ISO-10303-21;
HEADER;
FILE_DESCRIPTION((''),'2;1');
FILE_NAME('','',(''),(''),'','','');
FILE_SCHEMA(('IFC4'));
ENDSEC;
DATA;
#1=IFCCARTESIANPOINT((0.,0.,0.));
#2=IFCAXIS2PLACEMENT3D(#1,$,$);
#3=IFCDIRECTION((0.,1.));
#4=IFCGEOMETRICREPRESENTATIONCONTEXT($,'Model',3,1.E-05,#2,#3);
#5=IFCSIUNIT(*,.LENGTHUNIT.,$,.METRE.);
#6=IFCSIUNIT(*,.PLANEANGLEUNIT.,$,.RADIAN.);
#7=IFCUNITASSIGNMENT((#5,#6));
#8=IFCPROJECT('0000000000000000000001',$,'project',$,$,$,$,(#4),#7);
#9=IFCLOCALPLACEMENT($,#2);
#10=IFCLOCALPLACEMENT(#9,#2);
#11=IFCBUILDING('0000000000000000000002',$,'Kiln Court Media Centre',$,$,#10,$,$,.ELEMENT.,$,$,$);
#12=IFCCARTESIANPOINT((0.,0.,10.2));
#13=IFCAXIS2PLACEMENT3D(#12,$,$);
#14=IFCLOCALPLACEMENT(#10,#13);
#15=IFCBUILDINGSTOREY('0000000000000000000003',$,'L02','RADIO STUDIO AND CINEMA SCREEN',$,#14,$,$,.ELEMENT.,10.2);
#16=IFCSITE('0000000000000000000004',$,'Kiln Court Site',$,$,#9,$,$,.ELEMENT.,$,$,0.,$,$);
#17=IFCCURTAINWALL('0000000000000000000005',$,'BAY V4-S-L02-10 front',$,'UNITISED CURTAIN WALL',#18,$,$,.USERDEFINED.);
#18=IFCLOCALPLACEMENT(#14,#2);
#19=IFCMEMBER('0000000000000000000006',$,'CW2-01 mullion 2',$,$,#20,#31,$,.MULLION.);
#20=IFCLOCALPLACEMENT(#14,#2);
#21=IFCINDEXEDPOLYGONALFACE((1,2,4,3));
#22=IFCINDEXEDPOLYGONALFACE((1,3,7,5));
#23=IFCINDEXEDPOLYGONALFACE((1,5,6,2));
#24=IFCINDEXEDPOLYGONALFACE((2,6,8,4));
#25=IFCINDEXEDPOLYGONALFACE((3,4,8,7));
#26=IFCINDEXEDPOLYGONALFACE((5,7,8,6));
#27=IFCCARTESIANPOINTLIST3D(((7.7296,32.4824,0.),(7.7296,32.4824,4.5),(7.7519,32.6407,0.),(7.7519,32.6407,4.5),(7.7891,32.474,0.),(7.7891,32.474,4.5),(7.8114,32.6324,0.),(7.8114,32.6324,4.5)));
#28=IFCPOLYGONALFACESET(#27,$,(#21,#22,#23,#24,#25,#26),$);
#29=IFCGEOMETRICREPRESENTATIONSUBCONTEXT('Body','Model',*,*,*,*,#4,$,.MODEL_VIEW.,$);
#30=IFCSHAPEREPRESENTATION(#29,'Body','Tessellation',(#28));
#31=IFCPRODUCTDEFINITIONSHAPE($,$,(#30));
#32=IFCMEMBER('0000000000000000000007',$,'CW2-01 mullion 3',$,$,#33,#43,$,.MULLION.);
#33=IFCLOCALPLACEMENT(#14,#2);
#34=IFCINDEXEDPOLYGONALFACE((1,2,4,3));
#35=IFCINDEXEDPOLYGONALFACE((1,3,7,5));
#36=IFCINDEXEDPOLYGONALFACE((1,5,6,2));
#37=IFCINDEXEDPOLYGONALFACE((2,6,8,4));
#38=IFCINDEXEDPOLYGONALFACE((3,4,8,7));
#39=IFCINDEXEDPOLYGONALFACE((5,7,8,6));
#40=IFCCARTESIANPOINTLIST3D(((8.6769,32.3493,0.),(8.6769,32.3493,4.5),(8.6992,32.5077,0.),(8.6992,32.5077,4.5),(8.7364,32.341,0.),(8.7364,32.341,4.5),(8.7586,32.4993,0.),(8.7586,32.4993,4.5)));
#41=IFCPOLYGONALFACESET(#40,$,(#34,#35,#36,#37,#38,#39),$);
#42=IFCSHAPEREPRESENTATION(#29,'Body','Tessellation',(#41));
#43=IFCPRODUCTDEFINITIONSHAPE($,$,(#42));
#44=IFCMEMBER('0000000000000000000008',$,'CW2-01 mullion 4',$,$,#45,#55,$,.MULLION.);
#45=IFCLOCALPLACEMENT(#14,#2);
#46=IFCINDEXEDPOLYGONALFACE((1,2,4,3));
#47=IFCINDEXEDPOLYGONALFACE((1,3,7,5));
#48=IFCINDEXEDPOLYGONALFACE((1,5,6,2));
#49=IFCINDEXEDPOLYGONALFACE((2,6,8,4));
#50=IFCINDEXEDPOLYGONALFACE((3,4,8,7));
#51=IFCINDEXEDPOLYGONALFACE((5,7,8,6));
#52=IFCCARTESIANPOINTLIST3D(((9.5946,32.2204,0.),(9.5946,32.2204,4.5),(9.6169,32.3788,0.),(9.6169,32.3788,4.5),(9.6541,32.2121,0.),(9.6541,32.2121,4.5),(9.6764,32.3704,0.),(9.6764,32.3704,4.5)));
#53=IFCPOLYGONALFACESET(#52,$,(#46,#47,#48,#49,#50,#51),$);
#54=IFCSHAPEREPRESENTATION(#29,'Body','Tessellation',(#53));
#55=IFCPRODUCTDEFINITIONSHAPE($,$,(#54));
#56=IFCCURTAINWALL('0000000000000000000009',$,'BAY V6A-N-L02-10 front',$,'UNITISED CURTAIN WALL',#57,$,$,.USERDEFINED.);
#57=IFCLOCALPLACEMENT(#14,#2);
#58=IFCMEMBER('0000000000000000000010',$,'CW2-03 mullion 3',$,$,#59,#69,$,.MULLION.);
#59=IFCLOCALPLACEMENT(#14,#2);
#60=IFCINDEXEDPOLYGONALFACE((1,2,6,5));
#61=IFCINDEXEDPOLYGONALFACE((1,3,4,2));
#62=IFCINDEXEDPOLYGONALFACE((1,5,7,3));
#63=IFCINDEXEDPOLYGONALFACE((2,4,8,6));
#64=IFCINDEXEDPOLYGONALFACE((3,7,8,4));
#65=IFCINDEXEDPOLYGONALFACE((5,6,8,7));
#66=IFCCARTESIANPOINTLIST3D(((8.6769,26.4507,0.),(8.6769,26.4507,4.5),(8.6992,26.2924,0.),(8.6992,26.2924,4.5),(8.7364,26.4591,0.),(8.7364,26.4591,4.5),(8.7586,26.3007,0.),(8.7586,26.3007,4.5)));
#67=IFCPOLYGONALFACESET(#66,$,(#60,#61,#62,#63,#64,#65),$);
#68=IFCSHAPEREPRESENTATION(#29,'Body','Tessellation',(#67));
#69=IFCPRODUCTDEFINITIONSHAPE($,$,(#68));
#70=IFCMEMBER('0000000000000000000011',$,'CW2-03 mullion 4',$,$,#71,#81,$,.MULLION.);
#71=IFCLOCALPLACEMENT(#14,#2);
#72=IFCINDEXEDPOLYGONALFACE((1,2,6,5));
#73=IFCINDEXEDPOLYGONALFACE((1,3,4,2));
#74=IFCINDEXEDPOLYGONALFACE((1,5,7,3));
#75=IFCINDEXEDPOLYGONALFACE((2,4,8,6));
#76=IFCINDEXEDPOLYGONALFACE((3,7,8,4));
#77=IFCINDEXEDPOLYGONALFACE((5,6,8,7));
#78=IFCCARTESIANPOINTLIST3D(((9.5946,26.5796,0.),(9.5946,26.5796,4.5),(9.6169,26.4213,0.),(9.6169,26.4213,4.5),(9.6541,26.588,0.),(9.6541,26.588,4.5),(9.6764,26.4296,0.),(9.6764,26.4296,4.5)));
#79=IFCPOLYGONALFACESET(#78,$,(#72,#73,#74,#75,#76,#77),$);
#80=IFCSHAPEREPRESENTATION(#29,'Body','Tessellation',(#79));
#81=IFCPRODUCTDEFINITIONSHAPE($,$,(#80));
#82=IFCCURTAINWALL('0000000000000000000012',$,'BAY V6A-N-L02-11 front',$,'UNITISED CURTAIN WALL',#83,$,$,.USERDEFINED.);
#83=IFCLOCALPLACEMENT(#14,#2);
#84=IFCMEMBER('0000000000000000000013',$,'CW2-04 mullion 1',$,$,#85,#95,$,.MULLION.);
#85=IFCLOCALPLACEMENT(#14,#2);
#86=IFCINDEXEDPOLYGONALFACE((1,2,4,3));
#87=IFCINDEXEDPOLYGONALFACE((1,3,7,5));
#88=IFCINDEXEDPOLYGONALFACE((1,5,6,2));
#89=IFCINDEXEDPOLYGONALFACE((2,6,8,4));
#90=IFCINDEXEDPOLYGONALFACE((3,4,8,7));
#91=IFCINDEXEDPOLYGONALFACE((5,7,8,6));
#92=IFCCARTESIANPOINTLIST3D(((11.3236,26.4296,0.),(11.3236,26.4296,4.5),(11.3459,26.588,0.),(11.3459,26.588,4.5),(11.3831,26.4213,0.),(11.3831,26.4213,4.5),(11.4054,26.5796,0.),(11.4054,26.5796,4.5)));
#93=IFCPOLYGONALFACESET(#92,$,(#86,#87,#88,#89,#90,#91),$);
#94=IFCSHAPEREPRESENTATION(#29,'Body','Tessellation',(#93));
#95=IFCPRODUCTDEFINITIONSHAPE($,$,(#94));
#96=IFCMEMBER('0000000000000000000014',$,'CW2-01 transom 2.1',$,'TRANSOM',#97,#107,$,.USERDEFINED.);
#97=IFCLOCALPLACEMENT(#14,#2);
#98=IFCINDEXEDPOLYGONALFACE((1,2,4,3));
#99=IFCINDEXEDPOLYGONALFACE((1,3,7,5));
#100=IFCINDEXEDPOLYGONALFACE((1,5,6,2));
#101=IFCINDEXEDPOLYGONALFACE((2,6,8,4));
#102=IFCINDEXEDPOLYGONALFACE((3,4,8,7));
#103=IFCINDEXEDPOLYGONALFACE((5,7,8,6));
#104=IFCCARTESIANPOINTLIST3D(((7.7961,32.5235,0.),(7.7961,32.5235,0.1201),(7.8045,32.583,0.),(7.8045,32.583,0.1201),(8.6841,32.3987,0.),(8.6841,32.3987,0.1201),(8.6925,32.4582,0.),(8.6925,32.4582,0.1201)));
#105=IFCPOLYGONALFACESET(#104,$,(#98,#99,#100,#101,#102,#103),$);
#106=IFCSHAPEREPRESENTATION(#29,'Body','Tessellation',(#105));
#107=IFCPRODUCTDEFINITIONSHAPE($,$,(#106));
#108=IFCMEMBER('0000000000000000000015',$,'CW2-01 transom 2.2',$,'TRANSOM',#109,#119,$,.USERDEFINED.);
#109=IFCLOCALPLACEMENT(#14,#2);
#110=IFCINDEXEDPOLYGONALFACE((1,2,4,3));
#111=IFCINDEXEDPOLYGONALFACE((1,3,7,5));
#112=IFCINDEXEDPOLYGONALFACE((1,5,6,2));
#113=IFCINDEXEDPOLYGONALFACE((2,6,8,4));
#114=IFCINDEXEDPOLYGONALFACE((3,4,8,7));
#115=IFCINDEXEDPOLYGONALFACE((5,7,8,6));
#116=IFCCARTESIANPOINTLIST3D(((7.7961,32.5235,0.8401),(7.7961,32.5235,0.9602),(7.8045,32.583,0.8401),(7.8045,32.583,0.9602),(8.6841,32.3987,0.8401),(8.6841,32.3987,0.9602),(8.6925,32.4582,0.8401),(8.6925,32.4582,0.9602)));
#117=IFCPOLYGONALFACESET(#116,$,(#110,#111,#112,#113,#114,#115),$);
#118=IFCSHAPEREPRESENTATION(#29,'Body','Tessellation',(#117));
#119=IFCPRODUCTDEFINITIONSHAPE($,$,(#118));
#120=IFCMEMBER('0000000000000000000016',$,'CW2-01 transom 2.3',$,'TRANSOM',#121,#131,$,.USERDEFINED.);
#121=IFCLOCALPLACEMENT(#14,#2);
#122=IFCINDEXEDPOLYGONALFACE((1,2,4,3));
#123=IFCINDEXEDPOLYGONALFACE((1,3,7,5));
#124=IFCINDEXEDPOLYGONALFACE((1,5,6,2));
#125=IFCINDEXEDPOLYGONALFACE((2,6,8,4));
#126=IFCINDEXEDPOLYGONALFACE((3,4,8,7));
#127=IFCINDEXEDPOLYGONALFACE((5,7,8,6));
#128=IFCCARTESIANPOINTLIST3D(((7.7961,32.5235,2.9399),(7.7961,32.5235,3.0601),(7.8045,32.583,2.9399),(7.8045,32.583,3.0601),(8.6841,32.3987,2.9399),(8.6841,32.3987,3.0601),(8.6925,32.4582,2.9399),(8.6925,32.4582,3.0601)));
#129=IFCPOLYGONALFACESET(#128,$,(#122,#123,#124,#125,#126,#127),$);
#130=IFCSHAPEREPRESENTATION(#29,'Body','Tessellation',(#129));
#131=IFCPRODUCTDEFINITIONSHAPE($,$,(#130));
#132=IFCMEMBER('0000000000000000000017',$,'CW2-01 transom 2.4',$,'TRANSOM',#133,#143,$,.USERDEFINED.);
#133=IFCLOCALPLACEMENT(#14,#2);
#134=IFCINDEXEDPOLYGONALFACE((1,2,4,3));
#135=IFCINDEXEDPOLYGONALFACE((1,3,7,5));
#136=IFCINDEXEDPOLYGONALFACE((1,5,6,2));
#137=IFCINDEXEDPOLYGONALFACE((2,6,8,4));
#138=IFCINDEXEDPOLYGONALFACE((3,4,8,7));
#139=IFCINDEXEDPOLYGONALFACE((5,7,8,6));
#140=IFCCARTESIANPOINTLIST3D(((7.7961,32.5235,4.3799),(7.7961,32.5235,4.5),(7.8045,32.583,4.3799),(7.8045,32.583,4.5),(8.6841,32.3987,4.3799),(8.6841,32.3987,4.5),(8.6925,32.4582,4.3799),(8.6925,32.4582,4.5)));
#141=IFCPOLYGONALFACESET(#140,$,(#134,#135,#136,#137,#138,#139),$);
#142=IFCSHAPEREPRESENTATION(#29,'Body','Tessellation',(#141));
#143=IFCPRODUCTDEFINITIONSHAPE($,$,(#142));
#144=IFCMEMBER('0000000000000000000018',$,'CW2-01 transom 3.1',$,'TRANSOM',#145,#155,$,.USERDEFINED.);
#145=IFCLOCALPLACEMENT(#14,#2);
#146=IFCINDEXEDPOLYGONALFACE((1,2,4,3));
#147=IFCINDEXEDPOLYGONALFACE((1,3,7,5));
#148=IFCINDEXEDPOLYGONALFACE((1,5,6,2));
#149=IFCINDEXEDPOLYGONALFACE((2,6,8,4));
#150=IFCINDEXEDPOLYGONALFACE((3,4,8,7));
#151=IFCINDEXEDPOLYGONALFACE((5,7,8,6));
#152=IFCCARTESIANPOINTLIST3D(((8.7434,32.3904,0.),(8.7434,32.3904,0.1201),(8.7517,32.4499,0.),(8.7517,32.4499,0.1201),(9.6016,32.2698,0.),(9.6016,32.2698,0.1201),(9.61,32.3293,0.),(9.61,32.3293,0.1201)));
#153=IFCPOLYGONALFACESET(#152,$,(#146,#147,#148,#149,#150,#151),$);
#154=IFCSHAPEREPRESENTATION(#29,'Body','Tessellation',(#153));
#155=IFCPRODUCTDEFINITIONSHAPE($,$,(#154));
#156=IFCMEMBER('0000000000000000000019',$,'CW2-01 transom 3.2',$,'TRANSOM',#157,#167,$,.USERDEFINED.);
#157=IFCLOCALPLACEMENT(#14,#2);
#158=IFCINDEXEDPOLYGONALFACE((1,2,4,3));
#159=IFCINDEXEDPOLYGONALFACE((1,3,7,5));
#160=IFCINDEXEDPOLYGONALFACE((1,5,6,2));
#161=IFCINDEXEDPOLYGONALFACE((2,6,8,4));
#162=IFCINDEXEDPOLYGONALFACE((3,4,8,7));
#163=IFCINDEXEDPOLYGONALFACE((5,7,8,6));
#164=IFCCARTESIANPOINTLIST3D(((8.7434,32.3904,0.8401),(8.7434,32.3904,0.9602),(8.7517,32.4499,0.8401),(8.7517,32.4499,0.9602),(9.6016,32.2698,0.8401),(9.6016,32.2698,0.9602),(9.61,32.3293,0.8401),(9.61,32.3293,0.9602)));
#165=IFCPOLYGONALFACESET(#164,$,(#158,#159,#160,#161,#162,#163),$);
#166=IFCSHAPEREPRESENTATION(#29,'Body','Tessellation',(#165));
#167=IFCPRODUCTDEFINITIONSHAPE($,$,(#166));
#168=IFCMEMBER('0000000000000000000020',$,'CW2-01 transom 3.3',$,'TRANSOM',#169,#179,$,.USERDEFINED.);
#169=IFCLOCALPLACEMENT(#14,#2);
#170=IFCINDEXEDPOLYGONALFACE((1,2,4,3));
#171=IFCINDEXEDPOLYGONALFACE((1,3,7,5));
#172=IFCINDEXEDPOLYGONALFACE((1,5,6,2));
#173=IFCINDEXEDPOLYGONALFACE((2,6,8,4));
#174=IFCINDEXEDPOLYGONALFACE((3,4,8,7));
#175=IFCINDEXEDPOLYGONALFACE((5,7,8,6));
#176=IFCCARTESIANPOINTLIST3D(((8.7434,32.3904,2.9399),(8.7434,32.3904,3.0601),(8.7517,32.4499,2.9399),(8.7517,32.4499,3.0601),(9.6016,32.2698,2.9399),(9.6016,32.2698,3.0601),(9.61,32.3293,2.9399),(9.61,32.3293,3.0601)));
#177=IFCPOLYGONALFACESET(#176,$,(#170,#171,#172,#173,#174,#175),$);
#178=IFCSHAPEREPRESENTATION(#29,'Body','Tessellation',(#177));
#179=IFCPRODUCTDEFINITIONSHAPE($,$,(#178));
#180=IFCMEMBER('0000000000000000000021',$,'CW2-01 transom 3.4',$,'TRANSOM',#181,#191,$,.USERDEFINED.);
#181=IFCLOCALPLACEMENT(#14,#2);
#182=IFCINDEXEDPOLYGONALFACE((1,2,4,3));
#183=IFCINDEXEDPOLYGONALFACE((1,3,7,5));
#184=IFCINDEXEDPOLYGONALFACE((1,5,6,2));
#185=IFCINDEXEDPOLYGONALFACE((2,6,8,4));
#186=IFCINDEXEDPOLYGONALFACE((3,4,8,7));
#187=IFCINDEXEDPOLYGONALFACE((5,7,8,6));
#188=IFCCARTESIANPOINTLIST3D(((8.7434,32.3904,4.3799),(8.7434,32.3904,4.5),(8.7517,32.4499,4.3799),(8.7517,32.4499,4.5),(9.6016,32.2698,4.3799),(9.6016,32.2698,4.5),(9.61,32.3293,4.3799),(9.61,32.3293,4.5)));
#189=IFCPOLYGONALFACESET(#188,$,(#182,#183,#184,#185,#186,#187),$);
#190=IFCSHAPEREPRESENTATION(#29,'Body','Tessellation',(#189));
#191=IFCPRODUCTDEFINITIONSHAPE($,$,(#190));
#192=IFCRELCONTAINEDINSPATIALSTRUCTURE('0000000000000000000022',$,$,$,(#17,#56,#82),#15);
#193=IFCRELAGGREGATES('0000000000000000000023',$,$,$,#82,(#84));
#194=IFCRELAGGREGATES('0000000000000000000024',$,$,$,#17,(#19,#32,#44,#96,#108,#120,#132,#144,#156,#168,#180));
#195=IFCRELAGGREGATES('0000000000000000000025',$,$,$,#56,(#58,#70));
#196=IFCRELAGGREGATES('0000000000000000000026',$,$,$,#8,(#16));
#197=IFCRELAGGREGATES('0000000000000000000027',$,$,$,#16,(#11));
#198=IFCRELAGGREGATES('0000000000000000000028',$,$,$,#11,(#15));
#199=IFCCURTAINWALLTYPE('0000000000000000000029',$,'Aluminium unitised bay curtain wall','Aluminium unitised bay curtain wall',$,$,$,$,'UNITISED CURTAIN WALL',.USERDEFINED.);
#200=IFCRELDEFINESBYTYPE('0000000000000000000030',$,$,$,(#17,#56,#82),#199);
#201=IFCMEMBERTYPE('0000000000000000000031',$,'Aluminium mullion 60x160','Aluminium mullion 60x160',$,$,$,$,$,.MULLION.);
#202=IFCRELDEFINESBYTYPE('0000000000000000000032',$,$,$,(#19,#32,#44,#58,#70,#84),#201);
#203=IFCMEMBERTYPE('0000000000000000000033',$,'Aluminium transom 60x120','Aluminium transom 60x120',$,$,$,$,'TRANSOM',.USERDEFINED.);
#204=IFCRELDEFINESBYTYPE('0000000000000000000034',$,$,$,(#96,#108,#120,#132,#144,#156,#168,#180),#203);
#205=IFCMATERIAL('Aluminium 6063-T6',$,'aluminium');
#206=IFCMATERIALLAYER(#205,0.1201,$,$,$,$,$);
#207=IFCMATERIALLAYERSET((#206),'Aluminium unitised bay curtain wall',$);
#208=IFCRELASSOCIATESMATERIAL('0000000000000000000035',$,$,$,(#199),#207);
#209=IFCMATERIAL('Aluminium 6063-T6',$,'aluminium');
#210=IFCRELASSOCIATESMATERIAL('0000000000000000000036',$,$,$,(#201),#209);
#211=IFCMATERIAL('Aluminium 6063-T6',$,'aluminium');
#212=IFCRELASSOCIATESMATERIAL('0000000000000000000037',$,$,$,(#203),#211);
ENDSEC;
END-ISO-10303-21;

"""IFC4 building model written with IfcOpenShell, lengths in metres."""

from ifc_helpers import new_model, si_unit, direction, frame, origin, origin_2d, place, context, subcontext, project, spatial, rectangle, extrude, material, layer, layer_set, material_profile, profile_set, type_object, element, aggregate, save


model = new_model("IFC4")

# Units and contexts
model_context = context("Model", 3, precision=1e-05, world=origin(), true_north=direction((0.0, 1.0)))
body_context = subcontext(model_context, "Body", "Model", "MODEL_VIEW")
ifc_project = project(units=[si_unit("LENGTHUNIT", "METRE"), si_unit("PLANEANGLEUNIT", "RADIAN")], contexts=[model_context])

# Site, building, storey
site_placement = place(None, origin())
site = spatial("IfcSite", under=ifc_project, at=site_placement, Name="Kiln Court Site", CompositionType="ELEMENT", RefElevation=0.0)
building_placement = place(site_placement, origin())
building = spatial("IfcBuilding", under=site, at=building_placement, Name="Kiln Court Media Centre", CompositionType="ELEMENT")
storey_placement = place(building_placement, frame((0.0, 0.0, 10.2)))
storey = spatial("IfcBuildingStorey", under=building, at=storey_placement, Name="L02", Description="RADIO STUDIO AND CINEMA SCREEN", CompositionType="ELEMENT", Elevation=10.2)

# Curtain walls, members
ifc_material_1 = material(Name="Aluminium 6063-T6", Category="aluminium")
ifc_layer_1 = layer(ifc_material_1, 0.1201)
ifc_layer_set_1 = layer_set([ifc_layer_1], Name="Aluminium unitised bay curtain wall")
curtain_wall_type = type_object("IfcCurtainWallType", Name="Aluminium unitised bay curtain wall", Description="Aluminium unitised bay curtain wall", ElementType="UNITISED CURTAIN WALL", PredefinedType="USERDEFINED", material=ifc_layer_set_1)
curtain_wall_1_placement = place(storey_placement, origin())
curtain_wall_1 = element("IfcCurtainWall", 1, at=curtain_wall_1_placement, inside=storey, type_object=curtain_wall_type, Name="BAY V4-S-L02-10 front", ObjectType="UNITISED CURTAIN WALL", PredefinedType="USERDEFINED")
ifc_material_2 = material(Name="Aluminium 6063-T6", Category="aluminium")
ifc_material_profile_1 = material_profile(ifc_material_2, rectangle(XDim=0.0601, YDim=0.1599, at=origin_2d()), Name="Aluminium mullion 60x160")
ifc_profile_set_1 = profile_set([ifc_material_profile_1], Name="Aluminium 6063-T6")
member_type_1 = type_object("IfcMemberType", Name="Aluminium mullion 60x160", Description="Aluminium mullion 60x160", PredefinedType="MULLION", material=ifc_profile_set_1)
member_1_placement = place(storey_placement, frame((7.7705, 32.5574, 0.0), z_axis=(0.0, 0.0, 1.0), x_axis=(0.99027, -0.139162, 0.0)))
member_1 = element("IfcMember", 2, at=member_1_placement, type_object=member_type_1, Name="CW2-01 mullion 2", PredefinedType="MULLION", context=body_context, shape_type="SweptSolid", body=[
    extrude(rectangle(XDim=0.0601, YDim=0.1599, at=origin_2d()), origin(), (0.0, 0.0, 1.0), 4.5),
])
member_2_placement = place(storey_placement, frame((8.7178, 32.4243, 0.0), z_axis=(0.0, 0.0, 1.0), x_axis=(0.99027, -0.139162, 0.0)))
member_2 = element("IfcMember", 3, at=member_2_placement, type_object=member_type_1, Name="CW2-01 mullion 3", PredefinedType="MULLION", context=body_context, shape_type="SweptSolid", body=[
    extrude(rectangle(XDim=0.0601, YDim=0.1599, at=origin_2d()), origin(), (0.0, 0.0, 1.0), 4.5),
])
member_3_placement = place(storey_placement, frame((9.6355, 32.2954, 0.0), z_axis=(0.0, 0.0, 1.0), x_axis=(0.99027, -0.139162, 0.0)))
member_3 = element("IfcMember", 4, at=member_3_placement, type_object=member_type_1, Name="CW2-01 mullion 4", PredefinedType="MULLION", context=body_context, shape_type="SweptSolid", body=[
    extrude(rectangle(XDim=0.0601, YDim=0.1599, at=origin_2d()), origin(), (0.0, 0.0, 1.0), 4.5),
])
curtain_wall_2_placement = place(storey_placement, origin())
curtain_wall_2 = element("IfcCurtainWall", 5, at=curtain_wall_2_placement, inside=storey, type_object=curtain_wall_type, Name="BAY V6A-N-L02-10 front", ObjectType="UNITISED CURTAIN WALL", PredefinedType="USERDEFINED")
member_4_placement = place(storey_placement, frame((8.7178, 26.3757, 0.0), z_axis=(0.0, 0.0, 1.0), x_axis=(0.99027, 0.139162, 0.0)))
member_4 = element("IfcMember", 6, at=member_4_placement, type_object=member_type_1, Name="CW2-03 mullion 3", PredefinedType="MULLION", context=body_context, shape_type="SweptSolid", body=[
    extrude(rectangle(XDim=0.0601, YDim=0.1599, at=origin_2d()), origin(), (0.0, 0.0, 1.0), 4.5),
])
member_5_placement = place(storey_placement, frame((9.6355, 26.5046, 0.0), z_axis=(0.0, 0.0, 1.0), x_axis=(0.99027, 0.139162, 0.0)))
member_5 = element("IfcMember", 7, at=member_5_placement, type_object=member_type_1, Name="CW2-03 mullion 4", PredefinedType="MULLION", context=body_context, shape_type="SweptSolid", body=[
    extrude(rectangle(XDim=0.0601, YDim=0.1599, at=origin_2d()), origin(), (0.0, 0.0, 1.0), 4.5),
])

# Curtain wall, member
curtain_wall_3_placement = place(storey_placement, origin())
curtain_wall_3 = element("IfcCurtainWall", 8, at=curtain_wall_3_placement, inside=storey, type_object=curtain_wall_type, Name="BAY V6A-N-L02-11 front", ObjectType="UNITISED CURTAIN WALL", PredefinedType="USERDEFINED")
member_6_placement = place(storey_placement, frame((11.3645, 26.5046, 0.0), z_axis=(0.0, 0.0, 1.0), x_axis=(0.99027, -0.139162, 0.0)))
member_6 = element("IfcMember", 9, at=member_6_placement, type_object=member_type_1, Name="CW2-04 mullion 1", PredefinedType="MULLION", context=body_context, shape_type="SweptSolid", body=[
    extrude(rectangle(XDim=0.0601, YDim=0.1599, at=origin_2d()), origin(), (0.0, 0.0, 1.0), 4.5),
])

# Members
ifc_material_3 = material(Name="Aluminium 6063-T6", Category="aluminium")
ifc_material_profile_2 = material_profile(ifc_material_3, rectangle(XDim=0.0601, YDim=0.1201, at=origin_2d()), Name="Aluminium transom 60x120")
ifc_profile_set_2 = profile_set([ifc_material_profile_2], Name="Aluminium 6063-T6")
member_type_2 = type_object("IfcMemberType", Name="Aluminium transom 60x120", Description="Aluminium transom 60x120", ElementType="TRANSOM", PredefinedType="USERDEFINED", material=ifc_profile_set_2)
member_7_placement = place(storey_placement, frame((7.8003, 32.5532, 0.0601), z_axis=(0.990274, -0.139134, 0.0), x_axis=(0.139134, 0.990274, 0.0)))
member_7 = element("IfcMember", 10, at=member_7_placement, type_object=member_type_2, Name="CW2-01 transom 2.1", ObjectType="TRANSOM", PredefinedType="USERDEFINED", context=body_context, shape_type="SweptSolid", body=[
    extrude(rectangle(XDim=0.0601, YDim=0.1201, at=origin_2d()), origin(), (0.0, 0.0, 1.0), 0.8967),
])
member_8_placement = place(storey_placement, frame((7.8003, 32.5532, 0.9001), z_axis=(0.990274, -0.139134, 0.0), x_axis=(0.139134, 0.990274, 0.0)))
member_8 = element("IfcMember", 11, at=member_8_placement, type_object=member_type_2, Name="CW2-01 transom 2.2", ObjectType="TRANSOM", PredefinedType="USERDEFINED", context=body_context, shape_type="SweptSolid", body=[
    extrude(rectangle(XDim=0.0601, YDim=0.1201, at=origin_2d()), origin(), (0.0, 0.0, 1.0), 0.8967),
])
member_9_placement = place(storey_placement, frame((7.8003, 32.5532, 3.0), z_axis=(0.990274, -0.139134, 0.0), x_axis=(0.139134, 0.990274, 0.0)))
member_9 = element("IfcMember", 12, at=member_9_placement, type_object=member_type_2, Name="CW2-01 transom 2.3", ObjectType="TRANSOM", PredefinedType="USERDEFINED", context=body_context, shape_type="SweptSolid", body=[
    extrude(rectangle(XDim=0.0601, YDim=0.1201, at=origin_2d()), origin(), (0.0, 0.0, 1.0), 0.8967),
])
member_10_placement = place(storey_placement, frame((7.8003, 32.5532, 4.4399), z_axis=(0.990274, -0.139134, 0.0), x_axis=(0.139134, 0.990274, 0.0)))
member_10 = element("IfcMember", 13, at=member_10_placement, type_object=member_type_2, Name="CW2-01 transom 2.4", ObjectType="TRANSOM", PredefinedType="USERDEFINED", context=body_context, shape_type="SweptSolid", body=[
    extrude(rectangle(XDim=0.0601, YDim=0.1201, at=origin_2d()), origin(), (0.0, 0.0, 1.0), 0.8967),
])
member_11_placement = place(storey_placement, frame((8.7476, 32.4202, 0.0601), z_axis=(0.990268, -0.139173, 0.0), x_axis=(0.139173, 0.990268, 0.0)))
member_11 = element("IfcMember", 14, at=member_11_placement, type_object=member_type_2, Name="CW2-01 transom 3.1", ObjectType="TRANSOM", PredefinedType="USERDEFINED", context=body_context, shape_type="SweptSolid", body=[
    extrude(rectangle(XDim=0.0601, YDim=0.1201, at=origin_2d()), origin(), (0.0, 0.0, 1.0), 0.8667),
])
member_12_placement = place(storey_placement, frame((8.7476, 32.4202, 0.9001), z_axis=(0.990268, -0.139173, 0.0), x_axis=(0.139173, 0.990268, 0.0)))
member_12 = element("IfcMember", 15, at=member_12_placement, type_object=member_type_2, Name="CW2-01 transom 3.2", ObjectType="TRANSOM", PredefinedType="USERDEFINED", context=body_context, shape_type="SweptSolid", body=[
    extrude(rectangle(XDim=0.0601, YDim=0.1201, at=origin_2d()), origin(), (0.0, 0.0, 1.0), 0.8667),
])
member_13_placement = place(storey_placement, frame((8.7476, 32.4202, 3.0), z_axis=(0.990268, -0.139173, 0.0), x_axis=(0.139173, 0.990268, 0.0)))
member_13 = element("IfcMember", 16, at=member_13_placement, type_object=member_type_2, Name="CW2-01 transom 3.3", ObjectType="TRANSOM", PredefinedType="USERDEFINED", context=body_context, shape_type="SweptSolid", body=[
    extrude(rectangle(XDim=0.0601, YDim=0.1201, at=origin_2d()), origin(), (0.0, 0.0, 1.0), 0.8667),
])
member_14_placement = place(storey_placement, frame((8.7476, 32.4202, 4.4399), z_axis=(0.990268, -0.139173, 0.0), x_axis=(0.139173, 0.990268, 0.0)))
member_14 = element("IfcMember", 17, at=member_14_placement, type_object=member_type_2, Name="CW2-01 transom 3.4", ObjectType="TRANSOM", PredefinedType="USERDEFINED", context=body_context, shape_type="SweptSolid", body=[
    extrude(rectangle(XDim=0.0601, YDim=0.1201, at=origin_2d()), origin(), (0.0, 0.0, 1.0), 0.8667),
])
aggregate(curtain_wall_3, [member_6])

aggregate(curtain_wall_1, [member_1, member_2, member_3, member_7, member_8, member_9, member_10, member_11, member_12, member_13, member_14])
aggregate(curtain_wall_2, [member_4, member_5])

save(model, "model.ifc")
